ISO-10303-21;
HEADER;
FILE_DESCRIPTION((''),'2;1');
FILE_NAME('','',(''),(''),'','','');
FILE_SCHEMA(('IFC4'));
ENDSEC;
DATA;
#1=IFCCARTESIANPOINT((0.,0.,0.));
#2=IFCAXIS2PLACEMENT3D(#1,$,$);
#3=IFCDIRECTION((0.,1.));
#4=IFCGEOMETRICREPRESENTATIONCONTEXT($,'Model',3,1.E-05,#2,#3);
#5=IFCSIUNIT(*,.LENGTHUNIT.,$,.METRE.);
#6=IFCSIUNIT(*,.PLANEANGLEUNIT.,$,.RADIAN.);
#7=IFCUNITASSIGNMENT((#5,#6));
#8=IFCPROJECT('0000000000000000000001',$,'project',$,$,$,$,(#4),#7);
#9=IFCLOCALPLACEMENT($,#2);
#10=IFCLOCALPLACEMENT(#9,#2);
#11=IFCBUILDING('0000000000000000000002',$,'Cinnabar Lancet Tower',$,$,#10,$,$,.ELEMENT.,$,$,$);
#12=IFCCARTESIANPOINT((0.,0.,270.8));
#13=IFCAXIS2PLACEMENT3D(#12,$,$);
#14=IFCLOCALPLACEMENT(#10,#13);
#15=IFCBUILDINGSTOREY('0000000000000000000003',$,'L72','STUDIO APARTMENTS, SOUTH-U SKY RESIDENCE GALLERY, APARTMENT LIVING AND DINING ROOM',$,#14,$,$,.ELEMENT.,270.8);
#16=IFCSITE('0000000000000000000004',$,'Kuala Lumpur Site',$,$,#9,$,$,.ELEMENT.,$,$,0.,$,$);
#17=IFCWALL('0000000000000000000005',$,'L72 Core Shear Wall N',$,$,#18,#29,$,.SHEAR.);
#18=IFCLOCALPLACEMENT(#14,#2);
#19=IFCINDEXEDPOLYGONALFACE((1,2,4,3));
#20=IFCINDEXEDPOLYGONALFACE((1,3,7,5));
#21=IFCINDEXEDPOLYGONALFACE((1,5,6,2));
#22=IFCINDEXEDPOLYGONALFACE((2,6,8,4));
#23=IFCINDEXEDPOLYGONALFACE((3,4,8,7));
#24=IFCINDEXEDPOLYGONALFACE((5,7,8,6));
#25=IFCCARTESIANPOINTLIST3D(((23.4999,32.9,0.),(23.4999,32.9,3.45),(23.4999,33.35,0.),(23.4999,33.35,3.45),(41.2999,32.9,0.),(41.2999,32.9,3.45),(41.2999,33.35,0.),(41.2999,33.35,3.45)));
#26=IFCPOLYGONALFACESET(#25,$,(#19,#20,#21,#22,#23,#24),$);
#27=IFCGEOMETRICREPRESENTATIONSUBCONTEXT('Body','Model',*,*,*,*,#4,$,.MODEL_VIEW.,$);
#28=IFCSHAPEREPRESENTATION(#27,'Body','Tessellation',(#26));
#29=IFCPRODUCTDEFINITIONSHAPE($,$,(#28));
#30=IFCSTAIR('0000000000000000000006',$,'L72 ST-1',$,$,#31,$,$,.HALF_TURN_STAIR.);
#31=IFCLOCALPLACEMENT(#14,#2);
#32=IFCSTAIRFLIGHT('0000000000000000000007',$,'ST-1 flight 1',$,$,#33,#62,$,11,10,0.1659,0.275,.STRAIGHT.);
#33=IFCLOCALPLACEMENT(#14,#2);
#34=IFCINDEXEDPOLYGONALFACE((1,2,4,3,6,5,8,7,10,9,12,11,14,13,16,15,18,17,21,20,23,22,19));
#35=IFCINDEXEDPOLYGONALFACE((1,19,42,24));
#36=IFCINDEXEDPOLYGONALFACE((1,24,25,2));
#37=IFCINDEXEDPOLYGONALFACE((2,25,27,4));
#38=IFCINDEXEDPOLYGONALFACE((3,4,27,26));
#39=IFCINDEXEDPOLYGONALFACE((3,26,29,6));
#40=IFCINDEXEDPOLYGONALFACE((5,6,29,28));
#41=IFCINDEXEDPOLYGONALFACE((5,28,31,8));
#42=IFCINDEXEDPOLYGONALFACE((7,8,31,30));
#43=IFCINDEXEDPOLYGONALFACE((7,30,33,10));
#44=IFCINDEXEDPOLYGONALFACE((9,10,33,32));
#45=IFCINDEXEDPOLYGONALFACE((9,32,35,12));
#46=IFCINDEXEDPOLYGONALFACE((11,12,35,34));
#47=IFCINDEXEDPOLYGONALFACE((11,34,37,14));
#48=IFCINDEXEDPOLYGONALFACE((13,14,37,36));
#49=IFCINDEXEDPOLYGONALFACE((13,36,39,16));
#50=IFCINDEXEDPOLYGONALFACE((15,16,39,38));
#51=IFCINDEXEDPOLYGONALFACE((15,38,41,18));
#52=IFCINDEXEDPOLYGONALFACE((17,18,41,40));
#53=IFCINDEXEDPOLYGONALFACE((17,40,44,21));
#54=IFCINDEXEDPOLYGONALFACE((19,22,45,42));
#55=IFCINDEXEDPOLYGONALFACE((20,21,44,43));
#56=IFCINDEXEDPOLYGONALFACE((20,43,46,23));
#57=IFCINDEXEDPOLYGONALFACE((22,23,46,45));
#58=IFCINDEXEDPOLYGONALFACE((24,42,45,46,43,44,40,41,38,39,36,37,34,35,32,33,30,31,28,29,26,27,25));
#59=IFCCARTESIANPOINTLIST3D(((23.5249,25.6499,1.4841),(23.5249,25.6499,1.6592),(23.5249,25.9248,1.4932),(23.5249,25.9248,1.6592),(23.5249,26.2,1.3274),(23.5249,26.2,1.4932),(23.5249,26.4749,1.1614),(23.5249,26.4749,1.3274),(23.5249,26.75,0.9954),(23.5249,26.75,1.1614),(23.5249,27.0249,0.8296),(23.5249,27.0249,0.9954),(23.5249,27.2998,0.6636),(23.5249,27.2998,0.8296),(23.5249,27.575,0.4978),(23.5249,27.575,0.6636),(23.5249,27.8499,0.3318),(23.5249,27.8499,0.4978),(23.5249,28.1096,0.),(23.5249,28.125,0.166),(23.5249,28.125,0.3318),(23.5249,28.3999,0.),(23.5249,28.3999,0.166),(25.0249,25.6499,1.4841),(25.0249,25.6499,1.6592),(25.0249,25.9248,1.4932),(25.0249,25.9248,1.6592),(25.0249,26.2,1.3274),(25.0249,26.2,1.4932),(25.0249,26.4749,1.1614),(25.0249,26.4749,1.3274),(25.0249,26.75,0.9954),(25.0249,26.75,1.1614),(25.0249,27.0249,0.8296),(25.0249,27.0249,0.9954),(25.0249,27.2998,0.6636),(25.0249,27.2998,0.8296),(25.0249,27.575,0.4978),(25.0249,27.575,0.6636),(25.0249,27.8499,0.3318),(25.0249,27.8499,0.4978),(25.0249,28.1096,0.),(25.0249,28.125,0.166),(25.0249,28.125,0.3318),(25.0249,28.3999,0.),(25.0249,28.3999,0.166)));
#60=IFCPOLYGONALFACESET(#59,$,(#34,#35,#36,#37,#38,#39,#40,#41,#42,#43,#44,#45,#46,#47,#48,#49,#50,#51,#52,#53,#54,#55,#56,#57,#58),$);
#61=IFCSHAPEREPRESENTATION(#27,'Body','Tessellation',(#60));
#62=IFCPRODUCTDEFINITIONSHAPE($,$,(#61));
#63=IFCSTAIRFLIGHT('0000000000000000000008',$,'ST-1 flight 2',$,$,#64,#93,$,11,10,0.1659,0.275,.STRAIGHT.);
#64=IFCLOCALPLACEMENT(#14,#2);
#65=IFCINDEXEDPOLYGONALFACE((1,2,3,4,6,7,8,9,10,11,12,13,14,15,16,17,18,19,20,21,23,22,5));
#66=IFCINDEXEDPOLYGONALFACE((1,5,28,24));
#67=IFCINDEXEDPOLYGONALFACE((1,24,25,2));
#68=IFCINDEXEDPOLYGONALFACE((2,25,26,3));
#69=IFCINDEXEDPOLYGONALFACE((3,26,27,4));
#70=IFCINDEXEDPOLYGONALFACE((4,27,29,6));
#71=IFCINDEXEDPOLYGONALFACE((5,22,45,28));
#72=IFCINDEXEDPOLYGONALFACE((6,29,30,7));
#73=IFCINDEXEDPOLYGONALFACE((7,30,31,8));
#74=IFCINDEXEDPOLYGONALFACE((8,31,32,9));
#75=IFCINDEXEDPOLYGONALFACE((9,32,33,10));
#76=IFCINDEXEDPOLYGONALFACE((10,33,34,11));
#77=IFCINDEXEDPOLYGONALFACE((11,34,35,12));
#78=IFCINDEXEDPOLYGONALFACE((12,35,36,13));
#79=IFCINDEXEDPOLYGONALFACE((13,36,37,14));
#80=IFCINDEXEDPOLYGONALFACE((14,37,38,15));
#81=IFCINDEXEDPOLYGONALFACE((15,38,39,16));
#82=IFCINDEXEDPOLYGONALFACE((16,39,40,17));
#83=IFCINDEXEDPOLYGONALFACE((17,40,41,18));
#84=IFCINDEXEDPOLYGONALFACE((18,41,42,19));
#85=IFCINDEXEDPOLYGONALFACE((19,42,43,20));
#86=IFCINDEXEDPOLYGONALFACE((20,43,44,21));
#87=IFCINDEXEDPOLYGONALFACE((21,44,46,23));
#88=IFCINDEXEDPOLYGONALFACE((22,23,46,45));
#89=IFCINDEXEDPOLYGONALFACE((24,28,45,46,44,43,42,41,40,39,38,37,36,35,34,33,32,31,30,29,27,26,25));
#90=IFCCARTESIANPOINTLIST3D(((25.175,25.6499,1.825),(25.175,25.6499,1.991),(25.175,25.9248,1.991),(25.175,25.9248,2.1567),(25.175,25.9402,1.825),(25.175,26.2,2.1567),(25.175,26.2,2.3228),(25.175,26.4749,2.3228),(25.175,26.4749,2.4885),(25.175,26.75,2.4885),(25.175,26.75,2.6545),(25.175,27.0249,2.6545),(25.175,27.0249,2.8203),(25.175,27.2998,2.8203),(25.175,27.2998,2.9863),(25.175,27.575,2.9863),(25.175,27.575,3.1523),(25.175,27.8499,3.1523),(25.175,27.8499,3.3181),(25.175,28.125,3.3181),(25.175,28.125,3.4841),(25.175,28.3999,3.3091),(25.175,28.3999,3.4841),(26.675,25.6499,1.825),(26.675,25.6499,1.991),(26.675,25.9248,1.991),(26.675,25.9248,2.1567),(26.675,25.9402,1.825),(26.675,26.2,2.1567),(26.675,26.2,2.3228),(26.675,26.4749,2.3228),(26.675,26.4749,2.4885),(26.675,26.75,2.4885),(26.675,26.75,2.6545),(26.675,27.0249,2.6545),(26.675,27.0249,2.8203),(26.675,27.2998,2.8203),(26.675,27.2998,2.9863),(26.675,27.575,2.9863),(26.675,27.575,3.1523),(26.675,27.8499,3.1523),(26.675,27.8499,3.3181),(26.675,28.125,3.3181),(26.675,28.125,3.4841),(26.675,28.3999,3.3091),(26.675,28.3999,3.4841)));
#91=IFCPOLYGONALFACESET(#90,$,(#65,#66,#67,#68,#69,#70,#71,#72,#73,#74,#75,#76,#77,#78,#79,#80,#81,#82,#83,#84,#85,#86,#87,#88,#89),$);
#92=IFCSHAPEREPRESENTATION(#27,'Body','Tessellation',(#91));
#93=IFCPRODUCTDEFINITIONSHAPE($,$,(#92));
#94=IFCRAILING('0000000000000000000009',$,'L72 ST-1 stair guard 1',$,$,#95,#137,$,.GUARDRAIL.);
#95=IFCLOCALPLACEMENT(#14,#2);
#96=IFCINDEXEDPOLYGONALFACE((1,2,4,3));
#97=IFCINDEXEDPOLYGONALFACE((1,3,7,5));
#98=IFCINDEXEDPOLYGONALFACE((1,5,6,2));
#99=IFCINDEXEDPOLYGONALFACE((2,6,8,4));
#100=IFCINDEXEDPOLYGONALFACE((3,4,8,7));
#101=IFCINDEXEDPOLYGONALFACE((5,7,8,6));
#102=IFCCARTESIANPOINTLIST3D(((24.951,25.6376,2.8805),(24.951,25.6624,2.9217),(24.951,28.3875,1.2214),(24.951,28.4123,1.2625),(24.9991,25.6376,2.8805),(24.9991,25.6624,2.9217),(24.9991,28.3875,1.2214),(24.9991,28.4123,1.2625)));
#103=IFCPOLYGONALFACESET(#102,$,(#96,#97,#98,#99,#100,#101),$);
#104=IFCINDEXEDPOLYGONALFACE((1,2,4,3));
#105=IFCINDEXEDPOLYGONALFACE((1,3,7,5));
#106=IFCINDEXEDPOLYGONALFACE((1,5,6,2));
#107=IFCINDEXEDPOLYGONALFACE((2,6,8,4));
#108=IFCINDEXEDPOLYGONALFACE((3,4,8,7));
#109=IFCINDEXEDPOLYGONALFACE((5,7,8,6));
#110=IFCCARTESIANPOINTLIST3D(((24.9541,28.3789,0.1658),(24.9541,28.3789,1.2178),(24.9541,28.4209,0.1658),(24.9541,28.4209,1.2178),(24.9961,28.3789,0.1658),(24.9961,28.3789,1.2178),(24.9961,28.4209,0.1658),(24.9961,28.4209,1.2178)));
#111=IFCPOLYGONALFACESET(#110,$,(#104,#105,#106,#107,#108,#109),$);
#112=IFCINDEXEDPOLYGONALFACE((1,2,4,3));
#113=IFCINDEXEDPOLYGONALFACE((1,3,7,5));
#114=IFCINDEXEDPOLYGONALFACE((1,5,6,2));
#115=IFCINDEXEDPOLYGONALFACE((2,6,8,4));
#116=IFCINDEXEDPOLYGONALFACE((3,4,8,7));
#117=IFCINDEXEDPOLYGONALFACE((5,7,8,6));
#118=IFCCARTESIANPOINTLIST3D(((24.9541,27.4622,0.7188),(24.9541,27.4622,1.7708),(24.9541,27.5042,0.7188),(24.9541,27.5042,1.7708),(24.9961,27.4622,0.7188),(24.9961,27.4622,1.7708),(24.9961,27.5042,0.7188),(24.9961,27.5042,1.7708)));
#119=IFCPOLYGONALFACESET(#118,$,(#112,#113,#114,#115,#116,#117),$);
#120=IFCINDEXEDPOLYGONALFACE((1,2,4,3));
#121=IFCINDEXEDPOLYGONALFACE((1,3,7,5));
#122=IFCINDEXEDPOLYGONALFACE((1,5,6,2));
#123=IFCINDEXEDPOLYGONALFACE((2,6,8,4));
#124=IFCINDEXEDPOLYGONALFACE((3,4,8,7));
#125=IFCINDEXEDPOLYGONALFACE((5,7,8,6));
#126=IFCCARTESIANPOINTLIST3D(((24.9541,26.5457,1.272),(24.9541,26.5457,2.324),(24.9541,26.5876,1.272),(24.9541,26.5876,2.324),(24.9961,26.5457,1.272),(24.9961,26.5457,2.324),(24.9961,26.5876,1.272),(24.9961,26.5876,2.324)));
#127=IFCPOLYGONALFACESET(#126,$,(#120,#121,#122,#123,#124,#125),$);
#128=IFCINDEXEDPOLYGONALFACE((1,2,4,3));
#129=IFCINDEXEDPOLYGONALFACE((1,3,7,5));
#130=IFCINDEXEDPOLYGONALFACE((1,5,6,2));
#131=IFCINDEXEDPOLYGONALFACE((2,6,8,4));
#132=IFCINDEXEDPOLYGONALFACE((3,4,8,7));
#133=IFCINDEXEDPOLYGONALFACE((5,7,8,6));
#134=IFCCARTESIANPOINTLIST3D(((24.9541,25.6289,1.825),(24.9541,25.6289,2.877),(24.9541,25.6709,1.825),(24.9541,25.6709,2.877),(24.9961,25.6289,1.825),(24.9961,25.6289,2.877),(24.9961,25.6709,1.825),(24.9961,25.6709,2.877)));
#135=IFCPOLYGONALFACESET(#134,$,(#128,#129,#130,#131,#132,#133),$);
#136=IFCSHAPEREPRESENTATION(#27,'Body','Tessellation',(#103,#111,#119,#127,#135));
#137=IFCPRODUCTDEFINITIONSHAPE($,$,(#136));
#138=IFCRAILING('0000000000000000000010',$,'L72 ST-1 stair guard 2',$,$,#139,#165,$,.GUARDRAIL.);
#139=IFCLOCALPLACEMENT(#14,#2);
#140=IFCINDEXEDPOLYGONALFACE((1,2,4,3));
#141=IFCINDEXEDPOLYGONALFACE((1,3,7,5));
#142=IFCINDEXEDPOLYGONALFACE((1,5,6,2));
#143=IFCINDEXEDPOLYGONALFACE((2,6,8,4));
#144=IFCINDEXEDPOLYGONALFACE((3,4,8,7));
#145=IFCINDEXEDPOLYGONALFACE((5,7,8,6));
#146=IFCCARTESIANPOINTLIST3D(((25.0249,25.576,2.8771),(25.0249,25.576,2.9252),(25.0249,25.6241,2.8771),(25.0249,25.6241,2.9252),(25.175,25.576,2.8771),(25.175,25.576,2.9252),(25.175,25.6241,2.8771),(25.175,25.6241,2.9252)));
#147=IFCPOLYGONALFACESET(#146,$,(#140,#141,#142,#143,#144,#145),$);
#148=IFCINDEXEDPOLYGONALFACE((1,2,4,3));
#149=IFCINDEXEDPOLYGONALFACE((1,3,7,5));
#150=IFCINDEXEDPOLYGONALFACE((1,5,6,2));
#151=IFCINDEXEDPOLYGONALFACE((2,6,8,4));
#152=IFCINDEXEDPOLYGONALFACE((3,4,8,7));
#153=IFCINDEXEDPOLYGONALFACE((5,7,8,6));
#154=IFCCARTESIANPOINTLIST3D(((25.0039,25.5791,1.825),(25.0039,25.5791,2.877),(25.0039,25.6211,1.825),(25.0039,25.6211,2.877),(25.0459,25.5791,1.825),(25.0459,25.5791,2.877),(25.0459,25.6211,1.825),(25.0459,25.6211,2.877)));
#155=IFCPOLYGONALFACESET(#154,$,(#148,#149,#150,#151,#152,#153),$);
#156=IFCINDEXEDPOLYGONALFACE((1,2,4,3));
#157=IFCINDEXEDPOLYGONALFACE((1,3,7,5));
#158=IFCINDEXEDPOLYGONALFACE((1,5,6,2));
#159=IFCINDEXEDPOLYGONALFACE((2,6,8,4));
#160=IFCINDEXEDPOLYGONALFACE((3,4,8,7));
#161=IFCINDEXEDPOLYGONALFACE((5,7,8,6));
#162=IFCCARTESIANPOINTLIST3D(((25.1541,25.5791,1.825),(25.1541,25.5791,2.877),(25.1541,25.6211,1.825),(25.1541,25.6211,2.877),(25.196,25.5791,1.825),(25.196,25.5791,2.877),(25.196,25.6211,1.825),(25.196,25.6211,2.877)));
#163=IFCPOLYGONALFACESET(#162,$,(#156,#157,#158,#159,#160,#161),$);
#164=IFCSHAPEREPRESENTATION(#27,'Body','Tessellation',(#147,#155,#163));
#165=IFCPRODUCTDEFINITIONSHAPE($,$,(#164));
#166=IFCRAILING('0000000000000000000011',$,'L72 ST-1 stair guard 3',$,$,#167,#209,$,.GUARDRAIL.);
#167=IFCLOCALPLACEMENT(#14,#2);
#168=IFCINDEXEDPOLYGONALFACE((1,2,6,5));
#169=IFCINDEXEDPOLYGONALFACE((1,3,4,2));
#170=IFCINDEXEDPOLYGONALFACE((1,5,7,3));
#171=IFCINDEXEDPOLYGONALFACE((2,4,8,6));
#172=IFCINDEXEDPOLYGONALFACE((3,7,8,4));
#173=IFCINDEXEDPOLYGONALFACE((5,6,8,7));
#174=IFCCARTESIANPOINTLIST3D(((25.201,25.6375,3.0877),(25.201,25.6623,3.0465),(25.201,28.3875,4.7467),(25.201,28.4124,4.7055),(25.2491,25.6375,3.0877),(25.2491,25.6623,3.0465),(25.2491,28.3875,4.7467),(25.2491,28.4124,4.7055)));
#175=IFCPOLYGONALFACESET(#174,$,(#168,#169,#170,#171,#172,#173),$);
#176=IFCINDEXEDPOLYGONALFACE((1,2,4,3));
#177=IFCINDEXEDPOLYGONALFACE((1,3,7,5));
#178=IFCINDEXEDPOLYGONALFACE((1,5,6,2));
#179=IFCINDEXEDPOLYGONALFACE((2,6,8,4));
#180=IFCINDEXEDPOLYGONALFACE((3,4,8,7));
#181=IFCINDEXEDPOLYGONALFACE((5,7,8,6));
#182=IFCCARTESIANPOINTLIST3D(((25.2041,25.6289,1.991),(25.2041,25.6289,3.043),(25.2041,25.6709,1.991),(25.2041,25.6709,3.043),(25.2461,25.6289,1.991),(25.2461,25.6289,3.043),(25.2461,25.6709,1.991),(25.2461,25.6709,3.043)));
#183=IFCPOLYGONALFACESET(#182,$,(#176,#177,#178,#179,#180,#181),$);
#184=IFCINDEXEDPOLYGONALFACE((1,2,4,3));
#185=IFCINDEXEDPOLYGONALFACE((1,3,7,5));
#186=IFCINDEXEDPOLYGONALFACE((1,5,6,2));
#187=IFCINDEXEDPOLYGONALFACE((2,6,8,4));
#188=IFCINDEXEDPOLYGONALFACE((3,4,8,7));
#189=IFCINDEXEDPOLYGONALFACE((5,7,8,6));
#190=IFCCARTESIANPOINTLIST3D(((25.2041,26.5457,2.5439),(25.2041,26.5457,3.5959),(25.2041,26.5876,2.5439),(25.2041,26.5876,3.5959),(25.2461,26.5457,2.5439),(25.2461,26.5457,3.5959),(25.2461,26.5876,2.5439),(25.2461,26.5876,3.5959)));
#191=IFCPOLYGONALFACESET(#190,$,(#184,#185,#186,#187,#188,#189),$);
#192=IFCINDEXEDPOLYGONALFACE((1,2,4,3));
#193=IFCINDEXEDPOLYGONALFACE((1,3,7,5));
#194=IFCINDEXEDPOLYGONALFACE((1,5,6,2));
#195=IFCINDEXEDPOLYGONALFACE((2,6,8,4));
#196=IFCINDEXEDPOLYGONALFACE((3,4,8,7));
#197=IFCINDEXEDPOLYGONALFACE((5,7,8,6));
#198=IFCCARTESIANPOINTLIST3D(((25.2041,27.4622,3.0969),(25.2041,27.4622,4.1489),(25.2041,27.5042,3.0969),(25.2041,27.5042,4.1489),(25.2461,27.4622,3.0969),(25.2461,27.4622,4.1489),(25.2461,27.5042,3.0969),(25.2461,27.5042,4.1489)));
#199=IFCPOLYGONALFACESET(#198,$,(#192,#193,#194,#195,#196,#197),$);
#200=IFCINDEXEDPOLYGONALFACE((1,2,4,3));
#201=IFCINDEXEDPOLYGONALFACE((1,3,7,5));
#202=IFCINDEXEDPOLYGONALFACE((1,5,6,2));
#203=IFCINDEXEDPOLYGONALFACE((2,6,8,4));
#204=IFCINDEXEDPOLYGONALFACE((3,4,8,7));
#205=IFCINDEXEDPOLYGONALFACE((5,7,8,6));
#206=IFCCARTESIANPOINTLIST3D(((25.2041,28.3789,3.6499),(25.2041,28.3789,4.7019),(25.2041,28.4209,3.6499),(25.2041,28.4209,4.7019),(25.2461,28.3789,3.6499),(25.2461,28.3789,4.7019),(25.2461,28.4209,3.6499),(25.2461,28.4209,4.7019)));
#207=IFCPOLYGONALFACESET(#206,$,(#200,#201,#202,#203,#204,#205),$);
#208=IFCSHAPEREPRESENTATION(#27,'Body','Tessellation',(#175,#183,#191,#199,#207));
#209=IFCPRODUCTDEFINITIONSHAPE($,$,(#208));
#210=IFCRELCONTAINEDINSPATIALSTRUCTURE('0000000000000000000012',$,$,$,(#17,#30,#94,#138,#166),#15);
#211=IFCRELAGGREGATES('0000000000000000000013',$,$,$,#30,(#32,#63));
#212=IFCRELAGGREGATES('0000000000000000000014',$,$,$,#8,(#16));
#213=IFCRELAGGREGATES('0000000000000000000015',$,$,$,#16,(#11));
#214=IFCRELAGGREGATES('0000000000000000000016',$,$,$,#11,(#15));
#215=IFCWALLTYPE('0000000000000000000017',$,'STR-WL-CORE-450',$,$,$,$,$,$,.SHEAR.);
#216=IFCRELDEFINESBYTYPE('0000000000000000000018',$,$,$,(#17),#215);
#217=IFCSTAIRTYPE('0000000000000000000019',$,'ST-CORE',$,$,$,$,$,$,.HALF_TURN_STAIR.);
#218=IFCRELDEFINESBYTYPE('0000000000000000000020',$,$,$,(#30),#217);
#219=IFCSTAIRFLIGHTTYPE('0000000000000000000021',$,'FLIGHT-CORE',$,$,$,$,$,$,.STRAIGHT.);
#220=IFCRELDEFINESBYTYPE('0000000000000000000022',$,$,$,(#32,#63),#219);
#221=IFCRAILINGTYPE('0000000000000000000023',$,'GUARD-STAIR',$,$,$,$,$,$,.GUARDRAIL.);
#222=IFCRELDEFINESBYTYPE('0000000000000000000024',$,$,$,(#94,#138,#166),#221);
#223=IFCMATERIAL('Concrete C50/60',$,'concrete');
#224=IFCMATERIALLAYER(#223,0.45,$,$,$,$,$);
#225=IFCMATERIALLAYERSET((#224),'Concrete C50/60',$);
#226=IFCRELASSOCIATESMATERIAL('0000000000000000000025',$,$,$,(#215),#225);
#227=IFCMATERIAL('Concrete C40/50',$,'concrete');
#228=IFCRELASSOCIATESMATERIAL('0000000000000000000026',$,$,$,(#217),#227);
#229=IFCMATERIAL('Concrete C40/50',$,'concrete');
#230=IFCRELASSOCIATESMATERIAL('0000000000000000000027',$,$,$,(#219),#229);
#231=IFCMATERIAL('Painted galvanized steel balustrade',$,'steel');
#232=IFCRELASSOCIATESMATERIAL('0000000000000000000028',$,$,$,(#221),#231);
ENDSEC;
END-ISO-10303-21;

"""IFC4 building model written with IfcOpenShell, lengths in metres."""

from ifc_helpers import new_model, si_unit, direction, frame, frame_2d, origin, origin_2d, place, context, subcontext, project, spatial, polyline, rectangle, outline, extrude, material, layer, layer_set, type_object, element, aggregate, save


model = new_model("IFC4")

# Units and contexts
model_context = context("Model", 3, precision=1e-05, world=origin(), true_north=direction((0.0, 1.0)))
body_context = subcontext(model_context, "Body", "Model", "MODEL_VIEW")
ifc_project = project(units=[si_unit("LENGTHUNIT", "METRE"), si_unit("PLANEANGLEUNIT", "RADIAN")], contexts=[model_context])

# Site, building, storey
site_placement = place(None, origin())
site = spatial("IfcSite", under=ifc_project, at=site_placement, Name="Kuala Lumpur Site", CompositionType="ELEMENT", RefElevation=0.0)
building_placement = place(site_placement, origin())
building = spatial("IfcBuilding", under=site, at=building_placement, Name="Cinnabar Lancet Tower", CompositionType="ELEMENT")
storey_placement = place(building_placement, frame((0.0, 0.0, 270.8)))
storey = spatial("IfcBuildingStorey", under=building, at=storey_placement, Name="L72", Description="STUDIO APARTMENTS, SOUTH-U SKY RESIDENCE GALLERY, APARTMENT LIVING AND DINING ROOM", CompositionType="ELEMENT", Elevation=270.8)

# Wall
ifc_material_1 = material(Name="Concrete C50/60", Category="concrete")
ifc_layer_1 = layer(ifc_material_1, 0.45)
ifc_layer_set_1 = layer_set([ifc_layer_1], Name="Concrete C50/60")
wall_type_1 = type_object("IfcWallType", Name="STR-WL-CORE-450", PredefinedType="SHEAR", material=ifc_layer_set_1)
wall_1_placement = place(storey_placement, frame((23.5, 33.125, 0.0), z_axis=(0.0, 0.0, 1.0), x_axis=(1.0, 0.0, 0.0)))
element("IfcWall", 1, at=wall_1_placement, inside=storey, type_object=wall_type_1, Name="L72 Core Shear Wall N", PredefinedType="SHEAR", context=body_context, shape_type="SweptSolid", body=[
    extrude(rectangle(XDim=17.8, YDim=0.45, at=frame_2d((8.8999, 0.0))), origin(), (0.0, 0.0, 1.0), 3.45),
])

# Stair, stair flights
ifc_material_2 = material(Name="Concrete C40/50", Category="concrete")
stair_type = type_object("IfcStairType", Name="ST-CORE", PredefinedType="HALF_TURN_STAIR", material=ifc_material_2)
stair_placement = place(storey_placement, origin())
stair = element("IfcStair", 2, at=stair_placement, inside=storey, type_object=stair_type, Name="L72 ST-1", PredefinedType="HALF_TURN_STAIR")
ifc_material_3 = material(Name="Concrete C40/50", Category="concrete")
stair_flight_type = type_object("IfcStairFlightType", Name="FLIGHT-CORE", PredefinedType="STRAIGHT", material=ifc_material_3)
stair_flight_1_placement = place(storey_placement, frame((24.2749, 28.3999, 0.0), z_axis=(0.0, 0.0, 1.0), x_axis=(0.0, -1.0, 0.0)))
stair_flight_1 = element("IfcStairFlight", 3, at=stair_flight_1_placement, type_object=stair_flight_type, Name="ST-1 flight 1", NumberOfRisers=11, NumberOfTreads=10, PredefinedType="STRAIGHT", RiserHeight=0.1659, TreadLength=0.275, context=body_context, shape_type="SweptSolid", body=[
    extrude(outline(polyline([(0.0, 0.0), (0.0, 0.166), (0.2749, 0.166), (0.2749, 0.3318), (0.55, 0.3318), (0.55, 0.4978), (0.825, 0.4978), (0.825, 0.6636), (1.1001, 0.6636), (1.1001, 0.8296), (1.375, 0.8296), (1.375, 0.9954), (1.6499, 0.9954), (1.6499, 1.1614), (1.925, 1.1614), (1.925, 1.3274), (2.2, 1.3274), (2.2, 1.4932), (2.4751, 1.4932), (2.4751, 1.6592), (2.75, 1.6592), (2.75, 1.825), (2.75, 1.4841), (0.2903, 0.0), (0.0, 0.0)])), frame((0.0, 0.75, 0.0), z_axis=(0.0, -1.0, 0.0), x_axis=(1.0, 0.0, 0.0)), (0.0, 0.0, 1.0), 1.5),
])
stair_flight_2_placement = place(storey_placement, frame((25.925, 25.6499, 1.825), z_axis=(0.0, 0.0, 1.0), x_axis=(0.0, 1.0, 0.0)))
stair_flight_2 = element("IfcStairFlight", 4, at=stair_flight_2_placement, type_object=stair_flight_type, Name="ST-1 flight 2", NumberOfRisers=11, NumberOfTreads=10, PredefinedType="STRAIGHT", RiserHeight=0.1659, TreadLength=0.275, context=body_context, shape_type="SweptSolid", body=[
    extrude(outline(polyline([(0.0, 0.0), (0.0, 0.166), (0.2749, 0.166), (0.2749, 0.3318), (0.55, 0.3318), (0.55, 0.4978), (0.825, 0.4978), (0.825, 0.6636), (1.1001, 0.6636), (1.1001, 0.8296), (1.375, 0.8296), (1.375, 0.9954), (1.6499, 0.9954), (1.6499, 1.1614), (1.925, 1.1614), (1.925, 1.3274), (2.2, 1.3274), (2.2, 1.4932), (2.4751, 1.4932), (2.4751, 1.6592), (2.75, 1.6592), (2.75, 1.825), (2.75, 1.4841), (0.2903, 0.0), (0.0, 0.0)])), frame((0.0, 0.75, 0.0), z_axis=(0.0, -1.0, 0.0), x_axis=(1.0, 0.0, 0.0)), (0.0, 0.0, 1.0), 1.5),
])
aggregate(stair, [stair_flight_1, stair_flight_2])

# Railings
ifc_material_4 = material(Name="Painted galvanized steel balustrade", Category="steel")
railing_type_1 = type_object("IfcRailingType", Name="GUARD-STAIR", PredefinedType="GUARDRAIL", material=ifc_material_4)
railing_1_placement = place(storey_placement, frame((24.9751, 28.3999, 0.1658)))
element("IfcRailing", 5, at=railing_1_placement, inside=storey, type_object=railing_type_1, Name="L72 ST-1 stair guard 1", PredefinedType="GUARDRAIL", context=body_context, shape_type="SweptSolid", body=[
    extrude(rectangle(XDim=0.0481, YDim=0.0481, at=origin_2d()), frame((0.0, 0.0, 1.0762), z_axis=(0.0, -0.856229, 0.516596), x_axis=(1.0, 0.0, 0.0)), (0.0, 0.0, 1.0), 3.2117),
    extrude(rectangle(XDim=0.042, YDim=0.042, at=origin_2d()), origin(), (0.0, 0.0, 1.0), 1.052),
    extrude(rectangle(XDim=0.042, YDim=0.042, at=origin_2d()), frame((0.0, -0.9167, 0.553)), (0.0, 0.0, 1.0), 1.052),
    extrude(rectangle(XDim=0.042, YDim=0.042, at=origin_2d()), frame((0.0, -1.8333, 1.1062)), (0.0, 0.0, 1.0), 1.052),
    extrude(rectangle(XDim=0.042, YDim=0.042, at=origin_2d()), frame((0.0, -2.75, 1.6592)), (0.0, 0.0, 1.0), 1.052),
])
railing_2_placement = place(storey_placement, frame((25.0249, 25.6001, 1.825)))
element("IfcRailing", 6, at=railing_2_placement, inside=storey, type_object=railing_type_1, Name="L72 ST-1 stair guard 2", PredefinedType="GUARDRAIL", context=body_context, shape_type="SweptSolid", body=[
    extrude(rectangle(XDim=0.0481, YDim=0.0481, at=origin_2d()), frame((0.0, 0.0, 1.0762), z_axis=(1.0, 0.0, 0.0), x_axis=(0.0, 1.0, 0.0)), (0.0, 0.0, 1.0), 0.1501),
    extrude(rectangle(XDim=0.042, YDim=0.042, at=origin_2d()), origin(), (0.0, 0.0, 1.0), 1.052),
    extrude(rectangle(XDim=0.042, YDim=0.042, at=origin_2d()), frame((0.1501, 0.0, 0.0)), (0.0, 0.0, 1.0), 1.052),
])
railing_3_placement = place(storey_placement, frame((25.2251, 25.6499, 1.991)))
element("IfcRailing", 7, at=railing_3_placement, inside=storey, type_object=railing_type_1, Name="L72 ST-1 stair guard 3", PredefinedType="GUARDRAIL", context=body_context, shape_type="SweptSolid", body=[
    extrude(rectangle(XDim=0.0481, YDim=0.0481, at=origin_2d()), frame((0.0, 0.0, 1.0762), z_axis=(0.0, 0.856263, 0.51654), x_axis=(-1.0, 0.0, 0.0)), (0.0, 0.0, 1.0), 3.2117),
    extrude(rectangle(XDim=0.042, YDim=0.042, at=origin_2d()), origin(), (0.0, 0.0, 1.0), 1.052),
    extrude(rectangle(XDim=0.042, YDim=0.042, at=origin_2d()), frame((0.0, 0.9167, 0.553)), (0.0, 0.0, 1.0), 1.052),
    extrude(rectangle(XDim=0.042, YDim=0.042, at=origin_2d()), frame((0.0, 1.8333, 1.106)), (0.0, 0.0, 1.0), 1.052),
    extrude(rectangle(XDim=0.042, YDim=0.042, at=origin_2d()), frame((0.0, 2.75, 1.6589)), (0.0, 0.0, 1.0), 1.052),
])

save(model, "model.ifc")
